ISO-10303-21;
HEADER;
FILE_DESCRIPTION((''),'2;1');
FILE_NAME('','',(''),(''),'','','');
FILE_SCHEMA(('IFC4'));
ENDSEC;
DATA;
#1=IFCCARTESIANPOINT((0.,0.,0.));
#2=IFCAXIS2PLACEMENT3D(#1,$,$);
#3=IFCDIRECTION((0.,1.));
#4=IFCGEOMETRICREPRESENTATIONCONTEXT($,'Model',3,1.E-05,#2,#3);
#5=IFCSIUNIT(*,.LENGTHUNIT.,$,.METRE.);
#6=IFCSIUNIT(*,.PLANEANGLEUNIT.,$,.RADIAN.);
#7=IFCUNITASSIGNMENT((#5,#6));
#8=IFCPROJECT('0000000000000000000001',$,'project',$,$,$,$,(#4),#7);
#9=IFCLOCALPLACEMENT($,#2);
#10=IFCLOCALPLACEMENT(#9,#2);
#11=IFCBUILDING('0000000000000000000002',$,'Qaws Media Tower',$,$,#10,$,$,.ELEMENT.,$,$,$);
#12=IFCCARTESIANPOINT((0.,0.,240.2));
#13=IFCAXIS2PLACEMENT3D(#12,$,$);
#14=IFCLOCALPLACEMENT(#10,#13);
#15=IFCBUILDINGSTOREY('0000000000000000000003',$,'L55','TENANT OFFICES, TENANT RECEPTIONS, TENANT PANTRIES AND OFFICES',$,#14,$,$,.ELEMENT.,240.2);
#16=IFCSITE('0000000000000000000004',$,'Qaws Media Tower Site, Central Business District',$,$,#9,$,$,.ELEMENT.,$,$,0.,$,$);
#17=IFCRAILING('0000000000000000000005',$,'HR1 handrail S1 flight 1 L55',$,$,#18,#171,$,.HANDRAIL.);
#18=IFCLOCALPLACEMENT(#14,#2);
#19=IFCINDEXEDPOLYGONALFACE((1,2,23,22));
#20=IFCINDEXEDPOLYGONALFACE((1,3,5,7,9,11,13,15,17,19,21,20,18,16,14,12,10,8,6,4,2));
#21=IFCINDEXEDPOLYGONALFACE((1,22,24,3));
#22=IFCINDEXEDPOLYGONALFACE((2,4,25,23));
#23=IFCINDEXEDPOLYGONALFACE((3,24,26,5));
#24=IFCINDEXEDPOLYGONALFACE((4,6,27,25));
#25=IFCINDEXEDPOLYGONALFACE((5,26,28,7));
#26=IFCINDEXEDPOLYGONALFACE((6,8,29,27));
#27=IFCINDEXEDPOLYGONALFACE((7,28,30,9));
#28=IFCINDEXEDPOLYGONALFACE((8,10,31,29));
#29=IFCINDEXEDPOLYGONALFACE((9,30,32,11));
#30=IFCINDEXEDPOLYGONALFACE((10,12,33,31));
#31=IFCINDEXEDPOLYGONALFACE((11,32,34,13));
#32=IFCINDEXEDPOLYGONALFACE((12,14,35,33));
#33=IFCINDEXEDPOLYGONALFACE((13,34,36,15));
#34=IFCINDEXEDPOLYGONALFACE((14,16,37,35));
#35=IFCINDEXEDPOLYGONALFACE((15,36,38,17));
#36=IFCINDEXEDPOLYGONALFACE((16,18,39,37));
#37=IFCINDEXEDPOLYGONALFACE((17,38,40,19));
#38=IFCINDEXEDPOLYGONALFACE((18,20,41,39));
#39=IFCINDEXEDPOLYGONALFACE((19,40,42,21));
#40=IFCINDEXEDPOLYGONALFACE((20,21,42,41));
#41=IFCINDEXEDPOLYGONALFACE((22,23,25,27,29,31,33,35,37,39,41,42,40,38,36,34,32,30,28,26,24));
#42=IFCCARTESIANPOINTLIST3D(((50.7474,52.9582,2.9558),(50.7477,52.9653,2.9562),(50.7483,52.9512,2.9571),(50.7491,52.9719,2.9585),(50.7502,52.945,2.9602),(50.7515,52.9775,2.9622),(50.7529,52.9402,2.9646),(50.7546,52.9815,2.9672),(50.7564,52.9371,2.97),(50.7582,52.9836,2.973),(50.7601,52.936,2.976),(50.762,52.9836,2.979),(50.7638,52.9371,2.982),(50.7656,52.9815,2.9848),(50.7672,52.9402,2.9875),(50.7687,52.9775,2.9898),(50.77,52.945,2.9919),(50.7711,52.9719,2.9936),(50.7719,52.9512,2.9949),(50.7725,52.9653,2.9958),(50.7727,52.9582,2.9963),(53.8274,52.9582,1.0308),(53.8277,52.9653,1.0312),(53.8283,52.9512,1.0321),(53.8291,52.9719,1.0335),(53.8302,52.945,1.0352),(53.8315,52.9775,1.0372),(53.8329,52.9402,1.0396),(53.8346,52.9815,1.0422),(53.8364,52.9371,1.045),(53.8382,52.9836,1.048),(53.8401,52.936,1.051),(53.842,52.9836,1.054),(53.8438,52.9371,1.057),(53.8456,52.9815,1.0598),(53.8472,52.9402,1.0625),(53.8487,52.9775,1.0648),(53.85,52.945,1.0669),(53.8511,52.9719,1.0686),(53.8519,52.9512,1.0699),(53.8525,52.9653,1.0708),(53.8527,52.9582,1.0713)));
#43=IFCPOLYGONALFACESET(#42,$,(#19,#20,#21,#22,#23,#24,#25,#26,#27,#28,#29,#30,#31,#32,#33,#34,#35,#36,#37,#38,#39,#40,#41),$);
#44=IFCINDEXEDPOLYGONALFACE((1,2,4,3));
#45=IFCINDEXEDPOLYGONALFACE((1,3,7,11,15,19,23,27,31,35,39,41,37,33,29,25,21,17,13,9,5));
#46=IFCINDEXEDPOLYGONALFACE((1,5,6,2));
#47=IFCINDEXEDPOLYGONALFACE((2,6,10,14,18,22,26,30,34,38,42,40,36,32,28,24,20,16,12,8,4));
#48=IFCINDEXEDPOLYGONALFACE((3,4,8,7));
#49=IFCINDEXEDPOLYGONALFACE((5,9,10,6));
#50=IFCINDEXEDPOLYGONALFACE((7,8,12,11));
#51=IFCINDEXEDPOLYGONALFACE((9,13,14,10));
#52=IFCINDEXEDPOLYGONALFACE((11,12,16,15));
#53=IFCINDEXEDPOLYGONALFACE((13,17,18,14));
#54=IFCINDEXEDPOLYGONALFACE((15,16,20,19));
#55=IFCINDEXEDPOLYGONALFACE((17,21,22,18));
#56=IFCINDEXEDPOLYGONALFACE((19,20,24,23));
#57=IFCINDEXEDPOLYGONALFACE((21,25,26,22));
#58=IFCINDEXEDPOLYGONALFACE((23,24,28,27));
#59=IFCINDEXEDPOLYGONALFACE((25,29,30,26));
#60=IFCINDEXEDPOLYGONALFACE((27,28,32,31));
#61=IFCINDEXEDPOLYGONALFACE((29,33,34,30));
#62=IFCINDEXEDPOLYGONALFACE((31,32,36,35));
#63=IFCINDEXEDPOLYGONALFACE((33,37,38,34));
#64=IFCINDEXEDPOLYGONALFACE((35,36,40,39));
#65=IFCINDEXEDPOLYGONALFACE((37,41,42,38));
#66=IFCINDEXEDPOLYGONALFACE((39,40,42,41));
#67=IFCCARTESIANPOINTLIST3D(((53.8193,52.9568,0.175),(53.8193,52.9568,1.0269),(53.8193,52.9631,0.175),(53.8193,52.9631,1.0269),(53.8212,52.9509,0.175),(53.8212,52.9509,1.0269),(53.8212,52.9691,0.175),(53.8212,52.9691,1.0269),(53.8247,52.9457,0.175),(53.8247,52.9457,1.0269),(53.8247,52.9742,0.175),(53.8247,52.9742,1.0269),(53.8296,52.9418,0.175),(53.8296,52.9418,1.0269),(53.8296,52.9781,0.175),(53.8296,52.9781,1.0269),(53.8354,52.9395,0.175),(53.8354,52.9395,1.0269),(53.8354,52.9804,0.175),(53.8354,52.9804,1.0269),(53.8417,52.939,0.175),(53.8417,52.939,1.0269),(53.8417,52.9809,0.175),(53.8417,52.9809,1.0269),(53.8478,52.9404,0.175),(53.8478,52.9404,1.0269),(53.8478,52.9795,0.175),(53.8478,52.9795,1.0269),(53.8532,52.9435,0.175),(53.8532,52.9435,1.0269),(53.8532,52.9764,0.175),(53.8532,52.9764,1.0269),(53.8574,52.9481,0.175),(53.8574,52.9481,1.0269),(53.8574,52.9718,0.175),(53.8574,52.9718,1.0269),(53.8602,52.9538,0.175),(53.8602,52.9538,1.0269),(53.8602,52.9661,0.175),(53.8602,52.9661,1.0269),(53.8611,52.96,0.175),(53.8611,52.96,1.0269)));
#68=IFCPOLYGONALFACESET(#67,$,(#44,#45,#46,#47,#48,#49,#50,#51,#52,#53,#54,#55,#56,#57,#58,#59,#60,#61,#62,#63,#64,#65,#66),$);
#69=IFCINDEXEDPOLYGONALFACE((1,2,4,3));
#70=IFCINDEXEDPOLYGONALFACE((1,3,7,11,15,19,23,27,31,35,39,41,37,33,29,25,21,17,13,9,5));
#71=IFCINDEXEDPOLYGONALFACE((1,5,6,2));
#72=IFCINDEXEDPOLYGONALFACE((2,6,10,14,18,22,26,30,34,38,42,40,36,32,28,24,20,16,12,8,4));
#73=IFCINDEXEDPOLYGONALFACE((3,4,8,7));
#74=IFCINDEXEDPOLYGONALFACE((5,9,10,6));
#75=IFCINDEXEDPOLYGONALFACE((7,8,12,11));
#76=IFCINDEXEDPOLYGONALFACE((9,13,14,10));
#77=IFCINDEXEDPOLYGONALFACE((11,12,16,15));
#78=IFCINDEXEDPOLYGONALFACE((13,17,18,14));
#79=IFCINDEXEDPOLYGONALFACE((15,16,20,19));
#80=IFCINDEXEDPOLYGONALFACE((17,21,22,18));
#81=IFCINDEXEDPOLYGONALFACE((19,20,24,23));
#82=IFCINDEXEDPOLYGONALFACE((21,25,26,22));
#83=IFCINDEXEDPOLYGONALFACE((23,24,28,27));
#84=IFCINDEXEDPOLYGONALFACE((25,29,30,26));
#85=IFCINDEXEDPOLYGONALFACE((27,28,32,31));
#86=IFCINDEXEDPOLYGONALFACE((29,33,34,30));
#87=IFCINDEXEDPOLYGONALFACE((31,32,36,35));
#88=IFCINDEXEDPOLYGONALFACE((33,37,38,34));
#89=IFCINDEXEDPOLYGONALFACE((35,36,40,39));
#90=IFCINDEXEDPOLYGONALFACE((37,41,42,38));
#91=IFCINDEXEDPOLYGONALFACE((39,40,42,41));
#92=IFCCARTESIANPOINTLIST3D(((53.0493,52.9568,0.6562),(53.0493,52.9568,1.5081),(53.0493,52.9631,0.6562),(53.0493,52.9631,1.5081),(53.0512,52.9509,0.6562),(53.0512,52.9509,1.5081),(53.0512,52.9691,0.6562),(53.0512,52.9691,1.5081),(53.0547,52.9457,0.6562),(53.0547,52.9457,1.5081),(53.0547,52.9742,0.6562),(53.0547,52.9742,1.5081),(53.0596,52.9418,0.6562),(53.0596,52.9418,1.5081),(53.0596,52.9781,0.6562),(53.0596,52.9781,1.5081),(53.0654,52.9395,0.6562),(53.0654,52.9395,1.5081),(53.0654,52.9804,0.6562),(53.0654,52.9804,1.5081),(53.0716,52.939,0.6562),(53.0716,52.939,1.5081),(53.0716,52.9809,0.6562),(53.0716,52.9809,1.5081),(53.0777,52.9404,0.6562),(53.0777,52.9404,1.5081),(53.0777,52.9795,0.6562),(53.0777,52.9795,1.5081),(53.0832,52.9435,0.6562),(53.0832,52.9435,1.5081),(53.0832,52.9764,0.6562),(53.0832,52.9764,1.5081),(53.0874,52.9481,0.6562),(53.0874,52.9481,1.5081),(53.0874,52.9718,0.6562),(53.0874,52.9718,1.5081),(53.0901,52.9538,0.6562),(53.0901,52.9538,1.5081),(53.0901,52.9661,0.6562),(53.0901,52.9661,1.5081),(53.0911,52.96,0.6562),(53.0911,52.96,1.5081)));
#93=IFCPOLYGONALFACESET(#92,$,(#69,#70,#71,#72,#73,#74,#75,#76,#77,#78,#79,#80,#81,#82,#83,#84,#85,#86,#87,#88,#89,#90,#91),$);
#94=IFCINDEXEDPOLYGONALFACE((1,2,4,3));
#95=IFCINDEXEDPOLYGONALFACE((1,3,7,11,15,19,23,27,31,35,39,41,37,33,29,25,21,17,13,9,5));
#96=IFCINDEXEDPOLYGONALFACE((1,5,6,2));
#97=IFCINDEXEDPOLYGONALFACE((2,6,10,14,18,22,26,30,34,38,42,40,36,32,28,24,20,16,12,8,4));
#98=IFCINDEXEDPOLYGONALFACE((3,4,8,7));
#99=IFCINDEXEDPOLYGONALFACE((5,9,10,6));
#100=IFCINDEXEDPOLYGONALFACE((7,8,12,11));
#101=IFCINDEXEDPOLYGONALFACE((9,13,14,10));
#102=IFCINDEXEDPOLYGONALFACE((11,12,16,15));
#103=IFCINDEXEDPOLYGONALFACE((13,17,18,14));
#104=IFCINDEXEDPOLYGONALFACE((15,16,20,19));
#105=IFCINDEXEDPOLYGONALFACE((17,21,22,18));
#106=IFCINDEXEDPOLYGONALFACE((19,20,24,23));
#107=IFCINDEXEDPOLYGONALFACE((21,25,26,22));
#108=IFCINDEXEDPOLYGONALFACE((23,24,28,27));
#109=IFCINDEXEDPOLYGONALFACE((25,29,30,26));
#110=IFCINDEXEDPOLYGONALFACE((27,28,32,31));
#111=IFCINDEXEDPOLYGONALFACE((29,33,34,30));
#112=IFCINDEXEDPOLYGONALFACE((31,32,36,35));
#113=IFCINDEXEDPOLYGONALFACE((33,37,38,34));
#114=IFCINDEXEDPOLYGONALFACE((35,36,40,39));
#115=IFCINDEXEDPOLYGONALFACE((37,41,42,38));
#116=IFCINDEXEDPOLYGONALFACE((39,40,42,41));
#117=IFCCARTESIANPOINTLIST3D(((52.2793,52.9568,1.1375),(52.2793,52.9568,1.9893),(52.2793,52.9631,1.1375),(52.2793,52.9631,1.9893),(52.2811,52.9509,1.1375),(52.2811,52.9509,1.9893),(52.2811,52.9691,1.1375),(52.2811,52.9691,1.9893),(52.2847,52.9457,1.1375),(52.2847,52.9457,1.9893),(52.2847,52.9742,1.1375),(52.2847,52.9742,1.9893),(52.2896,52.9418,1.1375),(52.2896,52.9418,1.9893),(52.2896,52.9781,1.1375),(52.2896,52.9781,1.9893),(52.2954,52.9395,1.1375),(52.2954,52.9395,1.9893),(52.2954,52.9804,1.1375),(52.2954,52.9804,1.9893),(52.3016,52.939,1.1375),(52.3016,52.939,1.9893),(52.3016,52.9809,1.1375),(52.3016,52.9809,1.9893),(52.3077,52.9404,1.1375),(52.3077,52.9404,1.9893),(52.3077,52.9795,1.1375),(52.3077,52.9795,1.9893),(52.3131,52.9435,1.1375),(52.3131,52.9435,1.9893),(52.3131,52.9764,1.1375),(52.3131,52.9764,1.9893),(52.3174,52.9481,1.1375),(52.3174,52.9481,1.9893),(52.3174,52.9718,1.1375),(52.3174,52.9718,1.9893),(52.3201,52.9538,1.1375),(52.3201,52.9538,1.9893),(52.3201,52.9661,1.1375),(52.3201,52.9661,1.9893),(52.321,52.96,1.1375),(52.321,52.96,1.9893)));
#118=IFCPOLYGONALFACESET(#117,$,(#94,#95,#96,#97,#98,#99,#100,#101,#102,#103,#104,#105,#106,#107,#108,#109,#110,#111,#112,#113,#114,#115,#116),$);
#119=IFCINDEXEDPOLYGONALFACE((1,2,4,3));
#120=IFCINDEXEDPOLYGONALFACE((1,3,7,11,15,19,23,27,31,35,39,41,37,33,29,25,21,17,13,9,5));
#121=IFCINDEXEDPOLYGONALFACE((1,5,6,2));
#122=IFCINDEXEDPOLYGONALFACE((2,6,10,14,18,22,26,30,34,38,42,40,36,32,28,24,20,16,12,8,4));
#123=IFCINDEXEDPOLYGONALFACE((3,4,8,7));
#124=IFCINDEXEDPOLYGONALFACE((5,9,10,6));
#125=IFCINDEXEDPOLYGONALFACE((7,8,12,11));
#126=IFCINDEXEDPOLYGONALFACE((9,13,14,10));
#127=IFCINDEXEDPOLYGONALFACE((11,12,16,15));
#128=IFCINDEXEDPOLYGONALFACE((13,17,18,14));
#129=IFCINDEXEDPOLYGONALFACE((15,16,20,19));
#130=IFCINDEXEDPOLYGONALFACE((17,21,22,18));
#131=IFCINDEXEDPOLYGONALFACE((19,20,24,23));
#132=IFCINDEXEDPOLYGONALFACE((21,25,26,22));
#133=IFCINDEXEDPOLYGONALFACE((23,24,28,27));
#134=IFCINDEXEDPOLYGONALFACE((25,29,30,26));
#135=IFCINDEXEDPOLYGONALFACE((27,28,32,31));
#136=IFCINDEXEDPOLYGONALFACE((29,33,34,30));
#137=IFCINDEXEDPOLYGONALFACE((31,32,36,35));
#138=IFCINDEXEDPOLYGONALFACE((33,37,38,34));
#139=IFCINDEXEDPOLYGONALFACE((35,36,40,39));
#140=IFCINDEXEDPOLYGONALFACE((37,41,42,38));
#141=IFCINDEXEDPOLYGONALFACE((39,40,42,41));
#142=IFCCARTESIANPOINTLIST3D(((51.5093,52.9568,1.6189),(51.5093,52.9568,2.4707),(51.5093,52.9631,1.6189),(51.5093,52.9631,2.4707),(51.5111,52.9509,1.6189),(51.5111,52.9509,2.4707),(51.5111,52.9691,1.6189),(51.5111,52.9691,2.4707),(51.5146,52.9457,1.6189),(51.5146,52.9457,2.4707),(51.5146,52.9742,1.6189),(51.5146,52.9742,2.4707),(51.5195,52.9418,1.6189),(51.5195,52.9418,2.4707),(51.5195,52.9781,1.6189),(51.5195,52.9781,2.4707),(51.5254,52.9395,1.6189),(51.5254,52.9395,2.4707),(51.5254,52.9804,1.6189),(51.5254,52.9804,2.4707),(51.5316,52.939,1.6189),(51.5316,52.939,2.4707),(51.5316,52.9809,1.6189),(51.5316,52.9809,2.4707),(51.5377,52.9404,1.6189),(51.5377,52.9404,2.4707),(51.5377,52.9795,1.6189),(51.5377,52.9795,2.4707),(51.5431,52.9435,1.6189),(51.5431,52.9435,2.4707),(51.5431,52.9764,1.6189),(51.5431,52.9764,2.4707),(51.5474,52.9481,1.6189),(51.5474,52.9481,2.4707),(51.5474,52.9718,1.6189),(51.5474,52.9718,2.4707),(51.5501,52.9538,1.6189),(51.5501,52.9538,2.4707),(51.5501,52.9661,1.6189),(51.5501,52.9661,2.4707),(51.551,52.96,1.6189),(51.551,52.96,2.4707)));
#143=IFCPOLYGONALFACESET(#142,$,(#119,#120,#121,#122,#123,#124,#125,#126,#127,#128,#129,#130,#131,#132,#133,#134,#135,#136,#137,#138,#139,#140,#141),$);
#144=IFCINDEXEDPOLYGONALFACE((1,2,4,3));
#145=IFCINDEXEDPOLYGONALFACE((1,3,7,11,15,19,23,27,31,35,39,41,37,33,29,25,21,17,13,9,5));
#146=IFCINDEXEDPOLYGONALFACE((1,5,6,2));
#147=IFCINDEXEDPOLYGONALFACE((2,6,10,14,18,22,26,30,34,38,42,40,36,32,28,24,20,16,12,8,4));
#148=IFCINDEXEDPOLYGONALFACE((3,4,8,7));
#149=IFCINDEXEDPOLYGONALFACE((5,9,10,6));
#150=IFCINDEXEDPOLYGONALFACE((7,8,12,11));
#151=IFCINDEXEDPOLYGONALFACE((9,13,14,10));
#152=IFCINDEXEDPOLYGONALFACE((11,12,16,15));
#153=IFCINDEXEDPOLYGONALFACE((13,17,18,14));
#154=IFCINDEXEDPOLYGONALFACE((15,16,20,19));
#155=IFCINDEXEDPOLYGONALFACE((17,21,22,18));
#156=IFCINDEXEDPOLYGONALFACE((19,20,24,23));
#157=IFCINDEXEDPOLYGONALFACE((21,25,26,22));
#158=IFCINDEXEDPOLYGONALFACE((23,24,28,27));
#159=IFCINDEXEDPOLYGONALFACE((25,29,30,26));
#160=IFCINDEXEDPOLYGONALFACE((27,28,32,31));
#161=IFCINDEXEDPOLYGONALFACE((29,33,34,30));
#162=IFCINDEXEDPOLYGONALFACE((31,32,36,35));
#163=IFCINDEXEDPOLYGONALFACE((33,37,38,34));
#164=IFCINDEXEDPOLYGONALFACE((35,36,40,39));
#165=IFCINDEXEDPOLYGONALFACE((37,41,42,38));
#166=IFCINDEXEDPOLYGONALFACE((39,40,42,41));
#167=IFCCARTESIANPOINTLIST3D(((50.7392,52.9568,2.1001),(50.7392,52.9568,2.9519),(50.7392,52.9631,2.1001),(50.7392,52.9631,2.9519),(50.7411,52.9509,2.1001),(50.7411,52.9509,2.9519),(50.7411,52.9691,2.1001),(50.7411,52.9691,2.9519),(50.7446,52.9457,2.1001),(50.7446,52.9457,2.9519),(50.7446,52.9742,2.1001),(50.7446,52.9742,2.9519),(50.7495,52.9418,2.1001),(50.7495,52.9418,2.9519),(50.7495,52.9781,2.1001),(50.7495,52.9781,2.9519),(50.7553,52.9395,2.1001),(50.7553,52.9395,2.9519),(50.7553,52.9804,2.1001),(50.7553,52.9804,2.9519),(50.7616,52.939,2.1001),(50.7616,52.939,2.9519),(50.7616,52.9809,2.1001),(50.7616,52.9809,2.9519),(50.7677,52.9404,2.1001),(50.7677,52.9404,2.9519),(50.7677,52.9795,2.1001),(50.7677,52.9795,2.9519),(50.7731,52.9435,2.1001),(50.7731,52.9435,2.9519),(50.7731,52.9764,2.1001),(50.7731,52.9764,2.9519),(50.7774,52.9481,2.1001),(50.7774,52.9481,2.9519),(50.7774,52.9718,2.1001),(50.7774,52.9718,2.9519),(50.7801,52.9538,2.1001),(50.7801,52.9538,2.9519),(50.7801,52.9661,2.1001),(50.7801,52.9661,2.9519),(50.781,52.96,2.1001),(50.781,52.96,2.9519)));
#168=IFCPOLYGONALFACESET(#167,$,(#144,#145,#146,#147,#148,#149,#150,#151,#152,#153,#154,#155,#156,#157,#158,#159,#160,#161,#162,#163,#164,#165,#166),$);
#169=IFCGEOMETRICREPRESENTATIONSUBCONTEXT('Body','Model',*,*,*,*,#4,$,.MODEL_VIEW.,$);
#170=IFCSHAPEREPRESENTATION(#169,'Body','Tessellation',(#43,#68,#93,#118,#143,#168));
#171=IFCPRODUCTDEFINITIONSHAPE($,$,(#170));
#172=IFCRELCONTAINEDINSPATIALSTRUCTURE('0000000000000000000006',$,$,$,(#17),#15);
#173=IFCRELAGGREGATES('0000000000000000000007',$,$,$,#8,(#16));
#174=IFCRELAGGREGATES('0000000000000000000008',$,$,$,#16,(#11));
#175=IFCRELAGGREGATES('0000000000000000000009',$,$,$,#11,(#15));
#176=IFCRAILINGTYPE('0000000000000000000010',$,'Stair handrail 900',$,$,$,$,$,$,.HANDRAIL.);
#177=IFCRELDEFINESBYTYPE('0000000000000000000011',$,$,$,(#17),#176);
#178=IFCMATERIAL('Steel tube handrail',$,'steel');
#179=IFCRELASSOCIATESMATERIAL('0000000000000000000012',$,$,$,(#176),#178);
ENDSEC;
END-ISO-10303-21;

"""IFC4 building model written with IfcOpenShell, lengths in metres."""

from ifc_helpers import new_model, si_unit, direction, frame, origin, origin_2d, place, context, subcontext, project, spatial, circle, extrude, material, type_object, element, save


model = new_model("IFC4")

# Units and contexts
model_context = context("Model", 3, precision=1e-05, world=origin(), true_north=direction((0.0, 1.0)))
body_context = subcontext(model_context, "Body", "Model", "MODEL_VIEW")
ifc_project = project(units=[si_unit("LENGTHUNIT", "METRE"), si_unit("PLANEANGLEUNIT", "RADIAN")], contexts=[model_context])

# Site, building, storey
site_placement = place(None, origin())
site = spatial("IfcSite", under=ifc_project, at=site_placement, Name="Qaws Media Tower Site, Central Business District", CompositionType="ELEMENT", RefElevation=0.0)
building_placement = place(site_placement, origin())
building = spatial("IfcBuilding", under=site, at=building_placement, Name="Qaws Media Tower", CompositionType="ELEMENT")
storey_placement = place(building_placement, frame((0.0, 0.0, 240.2)))
storey = spatial("IfcBuildingStorey", under=building, at=storey_placement, Name="L55", Description="TENANT OFFICES, TENANT RECEPTIONS, TENANT PANTRIES AND OFFICES", CompositionType="ELEMENT", Elevation=240.2)

# Railing
ifc_material_1 = material(Name="Steel tube handrail", Category="steel")
railing_type = type_object("IfcRailingType", Name="Stair handrail 900", PredefinedType="HANDRAIL", material=ifc_material_1)
for number, where, name in (
    (1, (53.8401, 52.96, 0.175), "HR1 handrail S1 flight 1 L55"),
):
    element("IfcRailing", number, at=place(storey_placement, frame(where)), inside=storey, type_object=railing_type, Name=name, PredefinedType="HANDRAIL", context=body_context, shape_type="SweptSolid", body=[
        extrude(circle(Radius=0.0239, at=origin_2d()), frame((0.0, 0.0, 0.876), z_axis=(-0.847998, 0.0, 0.529999), x_axis=(0.0, -1.0, 0.0)), (0.0, 0.0, 1.0), 3.6321),
        extrude(circle(Radius=0.021, at=origin_2d()), origin(), (0.0, 0.0, 1.0), 0.8518),
        extrude(circle(Radius=0.021, at=origin_2d()), frame((-0.77, 0.0, 0.4812)), (0.0, 0.0, 1.0), 0.8518),
        extrude(circle(Radius=0.021, at=origin_2d()), frame((-1.54, 0.0, 0.9624)), (0.0, 0.0, 1.0), 0.8518),
        extrude(circle(Radius=0.021, at=origin_2d()), frame((-2.3101, 0.0, 1.4438)), (0.0, 0.0, 1.0), 0.8518),
        extrude(circle(Radius=0.021, at=origin_2d()), frame((-3.0801, 0.0, 1.925)), (0.0, 0.0, 1.0), 0.8518),
    ])

save(model, "model.ifc")
